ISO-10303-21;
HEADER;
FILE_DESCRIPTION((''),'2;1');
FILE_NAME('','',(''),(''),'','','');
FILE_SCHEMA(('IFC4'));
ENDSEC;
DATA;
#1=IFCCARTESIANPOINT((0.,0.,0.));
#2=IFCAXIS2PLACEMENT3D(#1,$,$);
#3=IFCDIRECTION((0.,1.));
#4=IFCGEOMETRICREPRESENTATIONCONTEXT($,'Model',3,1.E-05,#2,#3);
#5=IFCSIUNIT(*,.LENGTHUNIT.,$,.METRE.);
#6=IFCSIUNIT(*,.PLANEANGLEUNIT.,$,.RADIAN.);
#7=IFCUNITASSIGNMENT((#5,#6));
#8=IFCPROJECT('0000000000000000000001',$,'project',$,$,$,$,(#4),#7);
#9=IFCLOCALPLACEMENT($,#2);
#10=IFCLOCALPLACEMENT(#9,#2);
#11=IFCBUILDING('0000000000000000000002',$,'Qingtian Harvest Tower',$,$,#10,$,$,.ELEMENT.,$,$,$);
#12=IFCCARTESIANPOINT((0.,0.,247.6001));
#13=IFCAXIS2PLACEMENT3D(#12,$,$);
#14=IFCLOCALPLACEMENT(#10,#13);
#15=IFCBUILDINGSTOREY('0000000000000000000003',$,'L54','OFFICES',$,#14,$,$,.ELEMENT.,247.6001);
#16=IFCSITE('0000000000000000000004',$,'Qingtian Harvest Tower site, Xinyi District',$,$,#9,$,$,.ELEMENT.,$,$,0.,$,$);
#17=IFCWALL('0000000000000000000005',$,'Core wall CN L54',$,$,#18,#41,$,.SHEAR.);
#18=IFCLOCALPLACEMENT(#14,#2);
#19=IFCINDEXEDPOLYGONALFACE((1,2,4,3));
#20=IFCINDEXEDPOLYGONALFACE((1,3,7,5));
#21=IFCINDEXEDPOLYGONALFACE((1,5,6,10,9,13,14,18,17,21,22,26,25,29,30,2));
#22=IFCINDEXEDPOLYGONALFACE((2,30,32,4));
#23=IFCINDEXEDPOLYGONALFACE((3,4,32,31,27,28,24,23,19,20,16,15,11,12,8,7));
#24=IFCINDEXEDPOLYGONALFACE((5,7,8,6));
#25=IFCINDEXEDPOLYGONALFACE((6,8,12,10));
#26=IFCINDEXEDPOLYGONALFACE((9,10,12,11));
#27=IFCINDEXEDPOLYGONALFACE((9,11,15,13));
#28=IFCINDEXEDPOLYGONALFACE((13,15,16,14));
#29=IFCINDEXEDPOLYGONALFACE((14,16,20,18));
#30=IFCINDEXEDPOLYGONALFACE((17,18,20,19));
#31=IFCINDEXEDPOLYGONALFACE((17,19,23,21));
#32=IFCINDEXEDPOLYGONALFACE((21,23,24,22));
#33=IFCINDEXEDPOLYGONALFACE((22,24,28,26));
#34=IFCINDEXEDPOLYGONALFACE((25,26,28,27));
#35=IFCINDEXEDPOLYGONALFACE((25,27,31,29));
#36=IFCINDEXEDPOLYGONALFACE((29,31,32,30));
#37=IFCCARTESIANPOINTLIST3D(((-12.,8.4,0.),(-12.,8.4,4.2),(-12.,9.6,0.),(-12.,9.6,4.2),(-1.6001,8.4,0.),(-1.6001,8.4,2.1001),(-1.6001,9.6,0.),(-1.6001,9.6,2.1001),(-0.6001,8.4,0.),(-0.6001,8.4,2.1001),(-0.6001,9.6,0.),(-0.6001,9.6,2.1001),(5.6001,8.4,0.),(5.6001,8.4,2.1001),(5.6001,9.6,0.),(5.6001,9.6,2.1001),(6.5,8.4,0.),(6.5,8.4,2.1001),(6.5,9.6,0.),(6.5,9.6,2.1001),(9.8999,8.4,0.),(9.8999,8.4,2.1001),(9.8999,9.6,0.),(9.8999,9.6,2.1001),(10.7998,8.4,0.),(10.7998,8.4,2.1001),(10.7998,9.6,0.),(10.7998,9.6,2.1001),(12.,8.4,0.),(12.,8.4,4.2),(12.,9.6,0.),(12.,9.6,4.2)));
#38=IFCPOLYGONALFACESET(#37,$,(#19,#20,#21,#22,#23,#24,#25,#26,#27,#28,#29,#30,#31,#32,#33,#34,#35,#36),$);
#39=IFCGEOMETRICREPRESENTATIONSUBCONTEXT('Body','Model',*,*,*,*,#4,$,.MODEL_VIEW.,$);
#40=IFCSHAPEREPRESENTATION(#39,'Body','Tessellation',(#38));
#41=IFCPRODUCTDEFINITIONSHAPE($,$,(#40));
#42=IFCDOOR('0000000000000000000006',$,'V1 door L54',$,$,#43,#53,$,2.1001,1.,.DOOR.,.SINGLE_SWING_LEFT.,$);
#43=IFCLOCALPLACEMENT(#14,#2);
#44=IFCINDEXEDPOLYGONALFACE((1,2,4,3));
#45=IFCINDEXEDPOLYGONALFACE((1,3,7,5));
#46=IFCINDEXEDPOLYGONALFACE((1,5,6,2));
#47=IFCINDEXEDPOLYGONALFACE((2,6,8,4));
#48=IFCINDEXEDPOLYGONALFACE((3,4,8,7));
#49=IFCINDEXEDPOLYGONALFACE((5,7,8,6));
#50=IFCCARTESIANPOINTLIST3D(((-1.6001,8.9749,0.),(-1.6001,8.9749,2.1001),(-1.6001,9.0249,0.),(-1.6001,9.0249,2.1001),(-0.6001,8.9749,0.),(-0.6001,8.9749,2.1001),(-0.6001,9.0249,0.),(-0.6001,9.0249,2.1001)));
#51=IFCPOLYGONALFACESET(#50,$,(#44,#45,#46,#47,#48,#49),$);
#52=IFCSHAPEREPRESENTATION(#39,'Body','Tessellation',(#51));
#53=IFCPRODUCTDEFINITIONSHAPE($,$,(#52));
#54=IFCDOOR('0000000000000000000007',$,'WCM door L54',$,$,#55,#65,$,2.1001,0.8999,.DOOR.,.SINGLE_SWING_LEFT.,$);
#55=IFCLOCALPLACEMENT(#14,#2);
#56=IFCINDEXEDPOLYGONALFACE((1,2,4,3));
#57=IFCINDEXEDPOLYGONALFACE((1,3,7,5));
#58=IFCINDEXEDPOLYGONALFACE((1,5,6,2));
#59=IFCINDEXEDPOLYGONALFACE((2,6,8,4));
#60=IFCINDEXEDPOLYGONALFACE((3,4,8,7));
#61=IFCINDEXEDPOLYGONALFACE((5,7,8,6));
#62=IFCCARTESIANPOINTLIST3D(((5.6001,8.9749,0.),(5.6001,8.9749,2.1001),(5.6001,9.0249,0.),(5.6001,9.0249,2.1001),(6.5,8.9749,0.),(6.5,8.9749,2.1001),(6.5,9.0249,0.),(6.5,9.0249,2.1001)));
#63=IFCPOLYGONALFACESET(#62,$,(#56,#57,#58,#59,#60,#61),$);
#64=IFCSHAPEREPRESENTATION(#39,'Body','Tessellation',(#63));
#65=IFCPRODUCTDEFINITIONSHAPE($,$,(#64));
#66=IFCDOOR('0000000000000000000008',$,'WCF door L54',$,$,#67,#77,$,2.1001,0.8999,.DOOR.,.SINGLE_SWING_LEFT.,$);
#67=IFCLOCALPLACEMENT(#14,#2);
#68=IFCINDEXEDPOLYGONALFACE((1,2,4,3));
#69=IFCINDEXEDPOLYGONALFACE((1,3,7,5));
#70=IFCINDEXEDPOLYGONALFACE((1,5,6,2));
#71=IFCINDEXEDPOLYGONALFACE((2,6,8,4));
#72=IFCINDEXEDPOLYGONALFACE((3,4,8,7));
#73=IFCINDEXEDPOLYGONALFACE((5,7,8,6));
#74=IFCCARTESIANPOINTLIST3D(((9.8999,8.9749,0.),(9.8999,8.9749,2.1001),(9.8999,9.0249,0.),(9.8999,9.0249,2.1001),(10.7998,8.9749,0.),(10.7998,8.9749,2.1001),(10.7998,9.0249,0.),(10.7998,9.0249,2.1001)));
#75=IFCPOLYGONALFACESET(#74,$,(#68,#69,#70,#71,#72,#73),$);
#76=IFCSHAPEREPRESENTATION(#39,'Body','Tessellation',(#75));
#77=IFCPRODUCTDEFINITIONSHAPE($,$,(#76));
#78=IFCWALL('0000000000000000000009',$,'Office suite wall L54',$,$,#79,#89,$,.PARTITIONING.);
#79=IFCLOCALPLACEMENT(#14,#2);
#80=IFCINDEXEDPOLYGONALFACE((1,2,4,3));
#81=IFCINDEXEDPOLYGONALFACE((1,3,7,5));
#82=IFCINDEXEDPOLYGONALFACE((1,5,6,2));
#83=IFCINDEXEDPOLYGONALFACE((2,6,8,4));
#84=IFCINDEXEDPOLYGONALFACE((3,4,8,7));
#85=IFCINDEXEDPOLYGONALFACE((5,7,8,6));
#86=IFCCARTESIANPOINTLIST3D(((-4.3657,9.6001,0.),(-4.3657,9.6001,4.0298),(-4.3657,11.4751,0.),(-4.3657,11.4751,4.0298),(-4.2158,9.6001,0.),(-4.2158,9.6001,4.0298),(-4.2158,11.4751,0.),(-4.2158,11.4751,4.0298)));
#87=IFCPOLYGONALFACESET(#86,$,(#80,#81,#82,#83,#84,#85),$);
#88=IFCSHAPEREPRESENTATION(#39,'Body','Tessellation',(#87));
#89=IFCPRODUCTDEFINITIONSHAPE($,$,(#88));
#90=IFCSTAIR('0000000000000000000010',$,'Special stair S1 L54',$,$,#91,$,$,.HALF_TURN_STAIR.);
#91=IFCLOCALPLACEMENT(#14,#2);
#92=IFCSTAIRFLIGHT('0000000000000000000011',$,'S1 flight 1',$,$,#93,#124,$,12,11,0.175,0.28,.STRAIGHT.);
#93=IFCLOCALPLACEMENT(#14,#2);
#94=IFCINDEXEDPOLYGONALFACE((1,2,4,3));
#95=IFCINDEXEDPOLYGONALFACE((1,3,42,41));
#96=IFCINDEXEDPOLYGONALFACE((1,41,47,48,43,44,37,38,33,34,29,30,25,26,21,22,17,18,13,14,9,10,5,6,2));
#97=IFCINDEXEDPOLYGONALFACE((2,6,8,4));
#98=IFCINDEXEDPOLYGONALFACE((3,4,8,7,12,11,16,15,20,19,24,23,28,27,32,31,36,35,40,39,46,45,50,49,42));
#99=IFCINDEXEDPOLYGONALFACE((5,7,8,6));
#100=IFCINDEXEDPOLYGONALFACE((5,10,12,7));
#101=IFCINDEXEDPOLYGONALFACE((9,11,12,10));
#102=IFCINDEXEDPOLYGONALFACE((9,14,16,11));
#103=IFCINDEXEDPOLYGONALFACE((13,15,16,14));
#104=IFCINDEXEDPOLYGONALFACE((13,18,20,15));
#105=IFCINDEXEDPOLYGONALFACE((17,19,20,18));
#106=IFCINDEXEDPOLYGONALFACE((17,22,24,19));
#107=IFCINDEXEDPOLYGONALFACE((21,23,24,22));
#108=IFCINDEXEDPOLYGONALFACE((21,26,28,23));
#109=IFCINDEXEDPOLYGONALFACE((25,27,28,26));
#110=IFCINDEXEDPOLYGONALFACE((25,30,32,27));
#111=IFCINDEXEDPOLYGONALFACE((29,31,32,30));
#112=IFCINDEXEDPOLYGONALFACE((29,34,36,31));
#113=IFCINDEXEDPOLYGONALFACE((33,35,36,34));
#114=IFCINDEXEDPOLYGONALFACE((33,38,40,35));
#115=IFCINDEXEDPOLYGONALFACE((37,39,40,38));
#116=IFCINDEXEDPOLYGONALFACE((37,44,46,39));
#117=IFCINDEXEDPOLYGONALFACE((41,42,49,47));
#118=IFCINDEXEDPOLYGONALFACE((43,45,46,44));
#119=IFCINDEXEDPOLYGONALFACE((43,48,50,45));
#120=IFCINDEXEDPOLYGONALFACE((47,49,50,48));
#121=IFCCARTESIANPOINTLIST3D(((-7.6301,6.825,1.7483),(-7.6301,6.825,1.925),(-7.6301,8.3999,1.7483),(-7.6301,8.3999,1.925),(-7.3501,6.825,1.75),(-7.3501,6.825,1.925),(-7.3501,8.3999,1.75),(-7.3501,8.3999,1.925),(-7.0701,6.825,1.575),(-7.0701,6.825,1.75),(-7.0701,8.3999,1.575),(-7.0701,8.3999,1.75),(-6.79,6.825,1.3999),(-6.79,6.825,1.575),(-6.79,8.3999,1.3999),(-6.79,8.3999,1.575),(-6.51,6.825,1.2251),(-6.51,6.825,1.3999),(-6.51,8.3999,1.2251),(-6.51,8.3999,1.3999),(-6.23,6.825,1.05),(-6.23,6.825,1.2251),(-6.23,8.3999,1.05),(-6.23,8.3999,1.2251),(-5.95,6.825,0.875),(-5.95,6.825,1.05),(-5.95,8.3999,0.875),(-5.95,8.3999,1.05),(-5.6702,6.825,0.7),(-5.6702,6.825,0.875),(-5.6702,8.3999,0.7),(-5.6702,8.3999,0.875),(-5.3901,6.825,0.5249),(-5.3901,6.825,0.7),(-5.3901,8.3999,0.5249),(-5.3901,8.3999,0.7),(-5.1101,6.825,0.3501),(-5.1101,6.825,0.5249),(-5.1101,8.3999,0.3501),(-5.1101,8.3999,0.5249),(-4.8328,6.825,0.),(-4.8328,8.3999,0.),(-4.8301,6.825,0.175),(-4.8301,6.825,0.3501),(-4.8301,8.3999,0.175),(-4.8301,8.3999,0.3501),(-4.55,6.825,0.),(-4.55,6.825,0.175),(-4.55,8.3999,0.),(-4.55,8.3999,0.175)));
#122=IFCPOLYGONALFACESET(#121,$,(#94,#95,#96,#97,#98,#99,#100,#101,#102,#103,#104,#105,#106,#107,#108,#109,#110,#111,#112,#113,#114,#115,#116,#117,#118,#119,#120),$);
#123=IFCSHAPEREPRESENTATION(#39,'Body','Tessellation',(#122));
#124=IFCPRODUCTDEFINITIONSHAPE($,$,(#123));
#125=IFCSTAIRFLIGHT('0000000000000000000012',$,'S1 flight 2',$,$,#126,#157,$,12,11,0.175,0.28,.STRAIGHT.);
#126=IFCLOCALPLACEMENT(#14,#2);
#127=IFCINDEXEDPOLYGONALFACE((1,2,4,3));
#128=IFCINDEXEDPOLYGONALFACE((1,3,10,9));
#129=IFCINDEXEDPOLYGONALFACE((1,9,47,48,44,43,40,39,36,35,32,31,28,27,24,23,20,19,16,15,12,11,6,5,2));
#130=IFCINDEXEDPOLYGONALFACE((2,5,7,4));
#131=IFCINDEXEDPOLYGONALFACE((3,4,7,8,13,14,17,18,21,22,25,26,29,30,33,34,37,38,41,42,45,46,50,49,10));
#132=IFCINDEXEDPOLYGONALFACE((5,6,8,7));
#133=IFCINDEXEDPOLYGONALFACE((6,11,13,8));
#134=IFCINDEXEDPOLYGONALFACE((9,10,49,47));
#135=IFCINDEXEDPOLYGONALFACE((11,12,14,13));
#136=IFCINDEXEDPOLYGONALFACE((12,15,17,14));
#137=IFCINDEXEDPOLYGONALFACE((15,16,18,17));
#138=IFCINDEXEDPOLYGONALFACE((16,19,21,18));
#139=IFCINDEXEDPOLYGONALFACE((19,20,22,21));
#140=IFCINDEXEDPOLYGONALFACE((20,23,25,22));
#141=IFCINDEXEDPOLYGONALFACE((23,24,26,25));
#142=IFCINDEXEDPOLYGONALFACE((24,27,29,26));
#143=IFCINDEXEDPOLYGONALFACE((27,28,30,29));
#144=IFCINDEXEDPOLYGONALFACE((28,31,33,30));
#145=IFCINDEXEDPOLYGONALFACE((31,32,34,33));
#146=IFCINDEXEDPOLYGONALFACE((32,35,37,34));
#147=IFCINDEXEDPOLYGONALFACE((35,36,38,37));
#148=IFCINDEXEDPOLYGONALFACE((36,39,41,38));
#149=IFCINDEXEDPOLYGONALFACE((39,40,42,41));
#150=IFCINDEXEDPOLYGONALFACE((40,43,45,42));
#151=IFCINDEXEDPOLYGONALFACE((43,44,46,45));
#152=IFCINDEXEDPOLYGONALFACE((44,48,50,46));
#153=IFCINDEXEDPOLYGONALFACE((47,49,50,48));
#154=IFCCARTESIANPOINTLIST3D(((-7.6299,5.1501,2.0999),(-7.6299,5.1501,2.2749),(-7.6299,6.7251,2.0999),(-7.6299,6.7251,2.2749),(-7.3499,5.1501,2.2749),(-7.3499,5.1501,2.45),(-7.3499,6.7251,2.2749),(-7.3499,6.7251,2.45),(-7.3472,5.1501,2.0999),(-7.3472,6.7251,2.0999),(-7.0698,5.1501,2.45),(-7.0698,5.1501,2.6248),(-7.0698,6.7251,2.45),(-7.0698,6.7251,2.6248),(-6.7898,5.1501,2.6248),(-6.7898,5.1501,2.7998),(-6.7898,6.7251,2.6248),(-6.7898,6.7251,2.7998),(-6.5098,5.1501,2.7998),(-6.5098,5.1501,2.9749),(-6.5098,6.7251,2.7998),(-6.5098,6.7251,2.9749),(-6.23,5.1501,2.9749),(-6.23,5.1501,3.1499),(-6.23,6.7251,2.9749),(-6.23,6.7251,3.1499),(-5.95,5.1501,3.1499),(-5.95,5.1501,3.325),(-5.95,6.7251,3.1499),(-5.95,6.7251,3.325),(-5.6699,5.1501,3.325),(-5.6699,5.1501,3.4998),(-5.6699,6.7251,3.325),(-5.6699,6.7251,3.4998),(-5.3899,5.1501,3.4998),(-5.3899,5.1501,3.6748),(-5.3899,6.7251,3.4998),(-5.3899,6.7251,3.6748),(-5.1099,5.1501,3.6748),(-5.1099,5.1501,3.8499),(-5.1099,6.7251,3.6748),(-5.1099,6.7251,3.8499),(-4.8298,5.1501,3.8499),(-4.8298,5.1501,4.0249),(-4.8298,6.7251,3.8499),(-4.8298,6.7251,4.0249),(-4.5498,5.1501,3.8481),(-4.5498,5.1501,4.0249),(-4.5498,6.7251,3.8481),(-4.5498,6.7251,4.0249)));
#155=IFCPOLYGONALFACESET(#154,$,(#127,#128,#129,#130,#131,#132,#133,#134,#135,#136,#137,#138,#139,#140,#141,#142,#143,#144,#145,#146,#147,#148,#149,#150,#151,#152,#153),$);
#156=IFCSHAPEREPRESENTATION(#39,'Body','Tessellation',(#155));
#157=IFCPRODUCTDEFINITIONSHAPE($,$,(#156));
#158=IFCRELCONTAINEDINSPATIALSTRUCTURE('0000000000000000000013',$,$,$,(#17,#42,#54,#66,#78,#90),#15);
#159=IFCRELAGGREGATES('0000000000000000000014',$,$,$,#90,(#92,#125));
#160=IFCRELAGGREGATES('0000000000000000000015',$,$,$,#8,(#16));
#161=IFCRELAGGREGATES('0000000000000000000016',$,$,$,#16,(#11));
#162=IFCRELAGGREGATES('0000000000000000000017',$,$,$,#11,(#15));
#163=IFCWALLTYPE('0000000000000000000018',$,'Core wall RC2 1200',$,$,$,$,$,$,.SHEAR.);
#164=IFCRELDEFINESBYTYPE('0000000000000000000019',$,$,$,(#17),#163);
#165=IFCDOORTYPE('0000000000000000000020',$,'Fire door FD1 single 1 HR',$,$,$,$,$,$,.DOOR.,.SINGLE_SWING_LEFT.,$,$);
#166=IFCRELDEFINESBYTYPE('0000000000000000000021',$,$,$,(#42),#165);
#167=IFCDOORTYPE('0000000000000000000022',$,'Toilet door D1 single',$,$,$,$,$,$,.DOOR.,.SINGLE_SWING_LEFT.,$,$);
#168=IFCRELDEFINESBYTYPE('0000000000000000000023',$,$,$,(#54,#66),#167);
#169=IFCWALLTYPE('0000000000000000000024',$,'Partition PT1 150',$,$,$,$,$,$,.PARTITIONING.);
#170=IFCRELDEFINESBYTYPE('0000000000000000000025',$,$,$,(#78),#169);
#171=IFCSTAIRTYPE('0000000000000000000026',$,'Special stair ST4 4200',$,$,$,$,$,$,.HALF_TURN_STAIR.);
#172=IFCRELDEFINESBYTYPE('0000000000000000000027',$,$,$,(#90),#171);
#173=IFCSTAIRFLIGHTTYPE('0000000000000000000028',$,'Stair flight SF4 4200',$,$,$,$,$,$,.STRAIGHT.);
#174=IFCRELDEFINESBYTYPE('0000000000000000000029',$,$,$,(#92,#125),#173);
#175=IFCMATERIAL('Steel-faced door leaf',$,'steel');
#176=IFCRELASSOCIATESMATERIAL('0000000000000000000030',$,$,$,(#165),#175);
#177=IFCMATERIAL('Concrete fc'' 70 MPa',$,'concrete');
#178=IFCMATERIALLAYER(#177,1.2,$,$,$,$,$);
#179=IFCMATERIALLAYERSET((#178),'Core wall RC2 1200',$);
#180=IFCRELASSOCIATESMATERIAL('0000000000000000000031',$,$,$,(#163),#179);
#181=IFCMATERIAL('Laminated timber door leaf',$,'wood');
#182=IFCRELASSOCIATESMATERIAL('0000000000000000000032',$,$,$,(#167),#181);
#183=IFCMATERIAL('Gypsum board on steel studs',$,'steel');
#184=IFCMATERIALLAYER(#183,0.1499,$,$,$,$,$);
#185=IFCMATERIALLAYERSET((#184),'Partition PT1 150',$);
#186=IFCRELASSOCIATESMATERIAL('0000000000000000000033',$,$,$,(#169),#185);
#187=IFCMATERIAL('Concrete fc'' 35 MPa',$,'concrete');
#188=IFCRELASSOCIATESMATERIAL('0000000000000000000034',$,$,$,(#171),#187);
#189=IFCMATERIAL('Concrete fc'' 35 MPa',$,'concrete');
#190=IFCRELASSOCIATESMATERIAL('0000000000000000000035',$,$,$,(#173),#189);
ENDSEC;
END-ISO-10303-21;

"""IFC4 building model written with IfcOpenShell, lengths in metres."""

from ifc_helpers import new_model, si_unit, direction, frame, frame_2d, origin, place, context, subcontext, project, spatial, polyline, rectangle, outline, extrude, material, layer, layer_set, type_object, element, fill, aggregate, save


model = new_model("IFC4")

# Units and contexts
model_context = context("Model", 3, precision=1e-05, world=origin(), true_north=direction((0.0, 1.0)))
body_context = subcontext(model_context, "Body", "Model", "MODEL_VIEW")
ifc_project = project(units=[si_unit("LENGTHUNIT", "METRE"), si_unit("PLANEANGLEUNIT", "RADIAN")], contexts=[model_context])

# Site, building, storey
site_placement = place(None, origin())
site = spatial("IfcSite", under=ifc_project, at=site_placement, Name="Qingtian Harvest Tower site, Xinyi District", CompositionType="ELEMENT", RefElevation=0.0)
building_placement = place(site_placement, origin())
building = spatial("IfcBuilding", under=site, at=building_placement, Name="Qingtian Harvest Tower", CompositionType="ELEMENT")
storey_placement = place(building_placement, frame((0.0, 0.0, 247.6001)))
storey = spatial("IfcBuildingStorey", under=building, at=storey_placement, Name="L54", Description="OFFICES", CompositionType="ELEMENT", Elevation=247.6001)

# Shared definitions
ifc_material_1 = material(Name="Steel-faced door leaf", Category="steel")
door_type_1 = type_object("IfcDoorType", Name="Fire door FD1 single 1 HR", OperationType="SINGLE_SWING_LEFT", PredefinedType="DOOR", material=ifc_material_1)

# Wall, openings, doors
ifc_material_2 = material(Name="Concrete fc' 70 MPa", Category="concrete")
ifc_layer_1 = layer(ifc_material_2, 1.2)
ifc_layer_set_1 = layer_set([ifc_layer_1], Name="Core wall RC2 1200")
wall_type_1 = type_object("IfcWallType", Name="Core wall RC2 1200", PredefinedType="SHEAR", material=ifc_layer_set_1)
wall_1_placement = place(storey_placement, frame((-12.0, 9.0, 0.0), z_axis=(0.0, 0.0, 1.0), x_axis=(1.0, 0.0, 0.0)))
wall_1 = element("IfcWall", 1, at=wall_1_placement, inside=storey, type_object=wall_type_1, Name="Core wall CN L54", PredefinedType="SHEAR", context=body_context, shape_type="SweptSolid", body=[
    extrude(rectangle(XDim=24.0, YDim=1.2, at=frame_2d((12.0, 0.0))), origin(), (0.0, 0.0, 1.0), 4.2),
])
opening_1_placement = place(wall_1_placement, frame((10.3999, 0.0, 0.0)))
opening_1 = element("IfcOpeningElement", 2, at=opening_1_placement, cuts=wall_1, PredefinedType="OPENING", context=body_context, shape_type="SweptSolid", body=[
    extrude(rectangle(XDim=1.0, YDim=2.1001, at=frame_2d((0.5, 1.05))), frame((0.0, 0.6099, 0.0), z_axis=(0.0, -1.0, 0.0), x_axis=(1.0, 0.0, 0.0)), (0.0, 0.0, 1.0), 1.22),
])
opening_2_placement = place(wall_1_placement, frame((17.6001, 0.0, 0.0)))
opening_2 = element("IfcOpeningElement", 3, at=opening_2_placement, cuts=wall_1, PredefinedType="OPENING", context=body_context, shape_type="SweptSolid", body=[
    extrude(rectangle(XDim=0.8999, YDim=2.1001, at=frame_2d((0.45, 1.05))), frame((0.0, 0.6099, 0.0), z_axis=(0.0, -1.0, 0.0), x_axis=(1.0, 0.0, 0.0)), (0.0, 0.0, 1.0), 1.22),
])
opening_3_placement = place(wall_1_placement, frame((21.8999, 0.0, 0.0)))
opening_3 = element("IfcOpeningElement", 4, at=opening_3_placement, cuts=wall_1, PredefinedType="OPENING", context=body_context, shape_type="SweptSolid", body=[
    extrude(rectangle(XDim=0.8999, YDim=2.1001, at=frame_2d((0.45, 1.05))), frame((0.0, 0.6099, 0.0), z_axis=(0.0, -1.0, 0.0), x_axis=(1.0, 0.0, 0.0)), (0.0, 0.0, 1.0), 1.22),
])
door_1_placement = place(opening_1_placement, origin())
door_1 = element("IfcDoor", 5, at=door_1_placement, inside=storey, type_object=door_type_1, Name="V1 door L54", OperationType="SINGLE_SWING_LEFT", OverallHeight=2.1001, OverallWidth=1.0, PredefinedType="DOOR", context=body_context, shape_type="SweptSolid", body=[
    extrude(rectangle(XDim=1.0, YDim=2.1001, at=frame_2d((0.5, 1.05))), frame((0.0, 0.0249, 0.0), z_axis=(0.0, -1.0, 0.0), x_axis=(1.0, 0.0, 0.0)), (0.0, 0.0, 1.0), 0.05),
])
fill(opening_1, door_1)
ifc_material_3 = material(Name="Laminated timber door leaf", Category="wood")
door_type_2 = type_object("IfcDoorType", Name="Toilet door D1 single", OperationType="SINGLE_SWING_LEFT", PredefinedType="DOOR", material=ifc_material_3)
door_2_placement = place(opening_2_placement, origin())
door_2 = element("IfcDoor", 6, at=door_2_placement, inside=storey, type_object=door_type_2, Name="WCM door L54", OperationType="SINGLE_SWING_LEFT", OverallHeight=2.1001, OverallWidth=0.8999, PredefinedType="DOOR", context=body_context, shape_type="SweptSolid", body=[
    extrude(rectangle(XDim=0.8999, YDim=2.1001, at=frame_2d((0.45, 1.05))), frame((0.0, 0.0249, 0.0), z_axis=(0.0, -1.0, 0.0), x_axis=(1.0, 0.0, 0.0)), (0.0, 0.0, 1.0), 0.05),
])
fill(opening_2, door_2)
door_3_placement = place(opening_3_placement, origin())
door_3 = element("IfcDoor", 7, at=door_3_placement, inside=storey, type_object=door_type_2, Name="WCF door L54", OperationType="SINGLE_SWING_LEFT", OverallHeight=2.1001, OverallWidth=0.8999, PredefinedType="DOOR", context=body_context, shape_type="SweptSolid", body=[
    extrude(rectangle(XDim=0.8999, YDim=2.1001, at=frame_2d((0.45, 1.05))), frame((0.0, 0.0249, 0.0), z_axis=(0.0, -1.0, 0.0), x_axis=(1.0, 0.0, 0.0)), (0.0, 0.0, 1.0), 0.05),
])
fill(opening_3, door_3)

# Wall
ifc_material_4 = material(Name="Gypsum board on steel studs", Category="steel")
ifc_layer_2 = layer(ifc_material_4, 0.1499)
ifc_layer_set_2 = layer_set([ifc_layer_2], Name="Partition PT1 150")
wall_type_2 = type_object("IfcWallType", Name="Partition PT1 150", PredefinedType="PARTITIONING", material=ifc_layer_set_2)
wall_2_placement = place(storey_placement, frame((-4.2908, 9.6001, 0.0), z_axis=(0.0, 0.0, 1.0), x_axis=(0.0, 1.0, 0.0)))
element("IfcWall", 8, at=wall_2_placement, inside=storey, type_object=wall_type_2, Name="Office suite wall L54", PredefinedType="PARTITIONING", context=body_context, shape_type="SweptSolid", body=[
    extrude(rectangle(XDim=1.875, YDim=0.1499, at=frame_2d((0.9375, 0.0))), origin(), (0.0, 0.0, 1.0), 4.0298),
])

# Stair, stair flights
ifc_material_5 = material(Name="Concrete fc' 35 MPa", Category="concrete")
stair_type = type_object("IfcStairType", Name="Special stair ST4 4200", PredefinedType="HALF_TURN_STAIR", material=ifc_material_5)
stair_placement = place(storey_placement, origin())
stair = element("IfcStair", 9, at=stair_placement, inside=storey, type_object=stair_type, Name="Special stair S1 L54", PredefinedType="HALF_TURN_STAIR")
ifc_material_6 = material(Name="Concrete fc' 35 MPa", Category="concrete")
stair_flight_type = type_object("IfcStairFlightType", Name="Stair flight SF4 4200", PredefinedType="STRAIGHT", material=ifc_material_6)
stair_flight_1_placement = place(storey_placement, frame((-4.55, 7.6125, 0.0), z_axis=(0.0, 0.0, 1.0), x_axis=(-1.0, 0.0, 0.0)))
stair_flight_1 = element("IfcStairFlight", 10, at=stair_flight_1_placement, type_object=stair_flight_type, Name="S1 flight 1", NumberOfRisers=12, NumberOfTreads=11, PredefinedType="STRAIGHT", RiserHeight=0.175, TreadLength=0.28, context=body_context, shape_type="SweptSolid", body=[
    extrude(outline(polyline([(0.0, 0.0), (0.0, 0.175), (0.28, 0.175), (0.28, 0.3501), (0.5601, 0.3501), (0.5601, 0.5249), (0.8401, 0.5249), (0.8401, 0.7), (1.1201, 0.7), (1.1201, 0.875), (1.3999, 0.875), (1.3999, 1.05), (1.6799, 1.05), (1.6799, 1.2251), (1.96, 1.2251), (1.96, 1.3999), (2.24, 1.3999), (2.24, 1.575), (2.52, 1.575), (2.52, 1.75), (2.8, 1.75), (2.8, 1.925), (3.0801, 1.925), (3.0801, 2.1001), (3.0801, 1.7483), (0.2827, 0.0), (0.0, 0.0)])), frame((0.0, 0.7876, 0.0), z_axis=(0.0, -1.0, 0.0), x_axis=(1.0, 0.0, 0.0)), (0.0, 0.0, 1.0), 1.575),
])
stair_flight_2_placement = place(storey_placement, frame((-7.6299, 5.9375, 2.0999), z_axis=(0.0, 0.0, 1.0), x_axis=(1.0, 0.0, 0.0)))
stair_flight_2 = element("IfcStairFlight", 11, at=stair_flight_2_placement, type_object=stair_flight_type, Name="S1 flight 2", NumberOfRisers=12, NumberOfTreads=11, PredefinedType="STRAIGHT", RiserHeight=0.175, TreadLength=0.28, context=body_context, shape_type="SweptSolid", body=[
    extrude(outline(polyline([(0.0, 0.0), (0.0, 0.175), (0.28, 0.175), (0.28, 0.3501), (0.5601, 0.3501), (0.5601, 0.5249), (0.8401, 0.5249), (0.8401, 0.7), (1.1201, 0.7), (1.1201, 0.875), (1.3999, 0.875), (1.3999, 1.05), (1.6799, 1.05), (1.6799, 1.2251), (1.96, 1.2251), (1.96, 1.3999), (2.24, 1.3999), (2.24, 1.575), (2.52, 1.575), (2.52, 1.75), (2.8, 1.75), (2.8, 1.925), (3.0801, 1.925), (3.0801, 2.1001), (3.0801, 1.7483), (0.2827, 0.0), (0.0, 0.0)])), frame((0.0, 0.7876, 0.0), z_axis=(0.0, -1.0, 0.0), x_axis=(1.0, 0.0, 0.0)), (0.0, 0.0, 1.0), 1.575),
])
aggregate(stair, [stair_flight_1, stair_flight_2])

save(model, "model.ifc")
